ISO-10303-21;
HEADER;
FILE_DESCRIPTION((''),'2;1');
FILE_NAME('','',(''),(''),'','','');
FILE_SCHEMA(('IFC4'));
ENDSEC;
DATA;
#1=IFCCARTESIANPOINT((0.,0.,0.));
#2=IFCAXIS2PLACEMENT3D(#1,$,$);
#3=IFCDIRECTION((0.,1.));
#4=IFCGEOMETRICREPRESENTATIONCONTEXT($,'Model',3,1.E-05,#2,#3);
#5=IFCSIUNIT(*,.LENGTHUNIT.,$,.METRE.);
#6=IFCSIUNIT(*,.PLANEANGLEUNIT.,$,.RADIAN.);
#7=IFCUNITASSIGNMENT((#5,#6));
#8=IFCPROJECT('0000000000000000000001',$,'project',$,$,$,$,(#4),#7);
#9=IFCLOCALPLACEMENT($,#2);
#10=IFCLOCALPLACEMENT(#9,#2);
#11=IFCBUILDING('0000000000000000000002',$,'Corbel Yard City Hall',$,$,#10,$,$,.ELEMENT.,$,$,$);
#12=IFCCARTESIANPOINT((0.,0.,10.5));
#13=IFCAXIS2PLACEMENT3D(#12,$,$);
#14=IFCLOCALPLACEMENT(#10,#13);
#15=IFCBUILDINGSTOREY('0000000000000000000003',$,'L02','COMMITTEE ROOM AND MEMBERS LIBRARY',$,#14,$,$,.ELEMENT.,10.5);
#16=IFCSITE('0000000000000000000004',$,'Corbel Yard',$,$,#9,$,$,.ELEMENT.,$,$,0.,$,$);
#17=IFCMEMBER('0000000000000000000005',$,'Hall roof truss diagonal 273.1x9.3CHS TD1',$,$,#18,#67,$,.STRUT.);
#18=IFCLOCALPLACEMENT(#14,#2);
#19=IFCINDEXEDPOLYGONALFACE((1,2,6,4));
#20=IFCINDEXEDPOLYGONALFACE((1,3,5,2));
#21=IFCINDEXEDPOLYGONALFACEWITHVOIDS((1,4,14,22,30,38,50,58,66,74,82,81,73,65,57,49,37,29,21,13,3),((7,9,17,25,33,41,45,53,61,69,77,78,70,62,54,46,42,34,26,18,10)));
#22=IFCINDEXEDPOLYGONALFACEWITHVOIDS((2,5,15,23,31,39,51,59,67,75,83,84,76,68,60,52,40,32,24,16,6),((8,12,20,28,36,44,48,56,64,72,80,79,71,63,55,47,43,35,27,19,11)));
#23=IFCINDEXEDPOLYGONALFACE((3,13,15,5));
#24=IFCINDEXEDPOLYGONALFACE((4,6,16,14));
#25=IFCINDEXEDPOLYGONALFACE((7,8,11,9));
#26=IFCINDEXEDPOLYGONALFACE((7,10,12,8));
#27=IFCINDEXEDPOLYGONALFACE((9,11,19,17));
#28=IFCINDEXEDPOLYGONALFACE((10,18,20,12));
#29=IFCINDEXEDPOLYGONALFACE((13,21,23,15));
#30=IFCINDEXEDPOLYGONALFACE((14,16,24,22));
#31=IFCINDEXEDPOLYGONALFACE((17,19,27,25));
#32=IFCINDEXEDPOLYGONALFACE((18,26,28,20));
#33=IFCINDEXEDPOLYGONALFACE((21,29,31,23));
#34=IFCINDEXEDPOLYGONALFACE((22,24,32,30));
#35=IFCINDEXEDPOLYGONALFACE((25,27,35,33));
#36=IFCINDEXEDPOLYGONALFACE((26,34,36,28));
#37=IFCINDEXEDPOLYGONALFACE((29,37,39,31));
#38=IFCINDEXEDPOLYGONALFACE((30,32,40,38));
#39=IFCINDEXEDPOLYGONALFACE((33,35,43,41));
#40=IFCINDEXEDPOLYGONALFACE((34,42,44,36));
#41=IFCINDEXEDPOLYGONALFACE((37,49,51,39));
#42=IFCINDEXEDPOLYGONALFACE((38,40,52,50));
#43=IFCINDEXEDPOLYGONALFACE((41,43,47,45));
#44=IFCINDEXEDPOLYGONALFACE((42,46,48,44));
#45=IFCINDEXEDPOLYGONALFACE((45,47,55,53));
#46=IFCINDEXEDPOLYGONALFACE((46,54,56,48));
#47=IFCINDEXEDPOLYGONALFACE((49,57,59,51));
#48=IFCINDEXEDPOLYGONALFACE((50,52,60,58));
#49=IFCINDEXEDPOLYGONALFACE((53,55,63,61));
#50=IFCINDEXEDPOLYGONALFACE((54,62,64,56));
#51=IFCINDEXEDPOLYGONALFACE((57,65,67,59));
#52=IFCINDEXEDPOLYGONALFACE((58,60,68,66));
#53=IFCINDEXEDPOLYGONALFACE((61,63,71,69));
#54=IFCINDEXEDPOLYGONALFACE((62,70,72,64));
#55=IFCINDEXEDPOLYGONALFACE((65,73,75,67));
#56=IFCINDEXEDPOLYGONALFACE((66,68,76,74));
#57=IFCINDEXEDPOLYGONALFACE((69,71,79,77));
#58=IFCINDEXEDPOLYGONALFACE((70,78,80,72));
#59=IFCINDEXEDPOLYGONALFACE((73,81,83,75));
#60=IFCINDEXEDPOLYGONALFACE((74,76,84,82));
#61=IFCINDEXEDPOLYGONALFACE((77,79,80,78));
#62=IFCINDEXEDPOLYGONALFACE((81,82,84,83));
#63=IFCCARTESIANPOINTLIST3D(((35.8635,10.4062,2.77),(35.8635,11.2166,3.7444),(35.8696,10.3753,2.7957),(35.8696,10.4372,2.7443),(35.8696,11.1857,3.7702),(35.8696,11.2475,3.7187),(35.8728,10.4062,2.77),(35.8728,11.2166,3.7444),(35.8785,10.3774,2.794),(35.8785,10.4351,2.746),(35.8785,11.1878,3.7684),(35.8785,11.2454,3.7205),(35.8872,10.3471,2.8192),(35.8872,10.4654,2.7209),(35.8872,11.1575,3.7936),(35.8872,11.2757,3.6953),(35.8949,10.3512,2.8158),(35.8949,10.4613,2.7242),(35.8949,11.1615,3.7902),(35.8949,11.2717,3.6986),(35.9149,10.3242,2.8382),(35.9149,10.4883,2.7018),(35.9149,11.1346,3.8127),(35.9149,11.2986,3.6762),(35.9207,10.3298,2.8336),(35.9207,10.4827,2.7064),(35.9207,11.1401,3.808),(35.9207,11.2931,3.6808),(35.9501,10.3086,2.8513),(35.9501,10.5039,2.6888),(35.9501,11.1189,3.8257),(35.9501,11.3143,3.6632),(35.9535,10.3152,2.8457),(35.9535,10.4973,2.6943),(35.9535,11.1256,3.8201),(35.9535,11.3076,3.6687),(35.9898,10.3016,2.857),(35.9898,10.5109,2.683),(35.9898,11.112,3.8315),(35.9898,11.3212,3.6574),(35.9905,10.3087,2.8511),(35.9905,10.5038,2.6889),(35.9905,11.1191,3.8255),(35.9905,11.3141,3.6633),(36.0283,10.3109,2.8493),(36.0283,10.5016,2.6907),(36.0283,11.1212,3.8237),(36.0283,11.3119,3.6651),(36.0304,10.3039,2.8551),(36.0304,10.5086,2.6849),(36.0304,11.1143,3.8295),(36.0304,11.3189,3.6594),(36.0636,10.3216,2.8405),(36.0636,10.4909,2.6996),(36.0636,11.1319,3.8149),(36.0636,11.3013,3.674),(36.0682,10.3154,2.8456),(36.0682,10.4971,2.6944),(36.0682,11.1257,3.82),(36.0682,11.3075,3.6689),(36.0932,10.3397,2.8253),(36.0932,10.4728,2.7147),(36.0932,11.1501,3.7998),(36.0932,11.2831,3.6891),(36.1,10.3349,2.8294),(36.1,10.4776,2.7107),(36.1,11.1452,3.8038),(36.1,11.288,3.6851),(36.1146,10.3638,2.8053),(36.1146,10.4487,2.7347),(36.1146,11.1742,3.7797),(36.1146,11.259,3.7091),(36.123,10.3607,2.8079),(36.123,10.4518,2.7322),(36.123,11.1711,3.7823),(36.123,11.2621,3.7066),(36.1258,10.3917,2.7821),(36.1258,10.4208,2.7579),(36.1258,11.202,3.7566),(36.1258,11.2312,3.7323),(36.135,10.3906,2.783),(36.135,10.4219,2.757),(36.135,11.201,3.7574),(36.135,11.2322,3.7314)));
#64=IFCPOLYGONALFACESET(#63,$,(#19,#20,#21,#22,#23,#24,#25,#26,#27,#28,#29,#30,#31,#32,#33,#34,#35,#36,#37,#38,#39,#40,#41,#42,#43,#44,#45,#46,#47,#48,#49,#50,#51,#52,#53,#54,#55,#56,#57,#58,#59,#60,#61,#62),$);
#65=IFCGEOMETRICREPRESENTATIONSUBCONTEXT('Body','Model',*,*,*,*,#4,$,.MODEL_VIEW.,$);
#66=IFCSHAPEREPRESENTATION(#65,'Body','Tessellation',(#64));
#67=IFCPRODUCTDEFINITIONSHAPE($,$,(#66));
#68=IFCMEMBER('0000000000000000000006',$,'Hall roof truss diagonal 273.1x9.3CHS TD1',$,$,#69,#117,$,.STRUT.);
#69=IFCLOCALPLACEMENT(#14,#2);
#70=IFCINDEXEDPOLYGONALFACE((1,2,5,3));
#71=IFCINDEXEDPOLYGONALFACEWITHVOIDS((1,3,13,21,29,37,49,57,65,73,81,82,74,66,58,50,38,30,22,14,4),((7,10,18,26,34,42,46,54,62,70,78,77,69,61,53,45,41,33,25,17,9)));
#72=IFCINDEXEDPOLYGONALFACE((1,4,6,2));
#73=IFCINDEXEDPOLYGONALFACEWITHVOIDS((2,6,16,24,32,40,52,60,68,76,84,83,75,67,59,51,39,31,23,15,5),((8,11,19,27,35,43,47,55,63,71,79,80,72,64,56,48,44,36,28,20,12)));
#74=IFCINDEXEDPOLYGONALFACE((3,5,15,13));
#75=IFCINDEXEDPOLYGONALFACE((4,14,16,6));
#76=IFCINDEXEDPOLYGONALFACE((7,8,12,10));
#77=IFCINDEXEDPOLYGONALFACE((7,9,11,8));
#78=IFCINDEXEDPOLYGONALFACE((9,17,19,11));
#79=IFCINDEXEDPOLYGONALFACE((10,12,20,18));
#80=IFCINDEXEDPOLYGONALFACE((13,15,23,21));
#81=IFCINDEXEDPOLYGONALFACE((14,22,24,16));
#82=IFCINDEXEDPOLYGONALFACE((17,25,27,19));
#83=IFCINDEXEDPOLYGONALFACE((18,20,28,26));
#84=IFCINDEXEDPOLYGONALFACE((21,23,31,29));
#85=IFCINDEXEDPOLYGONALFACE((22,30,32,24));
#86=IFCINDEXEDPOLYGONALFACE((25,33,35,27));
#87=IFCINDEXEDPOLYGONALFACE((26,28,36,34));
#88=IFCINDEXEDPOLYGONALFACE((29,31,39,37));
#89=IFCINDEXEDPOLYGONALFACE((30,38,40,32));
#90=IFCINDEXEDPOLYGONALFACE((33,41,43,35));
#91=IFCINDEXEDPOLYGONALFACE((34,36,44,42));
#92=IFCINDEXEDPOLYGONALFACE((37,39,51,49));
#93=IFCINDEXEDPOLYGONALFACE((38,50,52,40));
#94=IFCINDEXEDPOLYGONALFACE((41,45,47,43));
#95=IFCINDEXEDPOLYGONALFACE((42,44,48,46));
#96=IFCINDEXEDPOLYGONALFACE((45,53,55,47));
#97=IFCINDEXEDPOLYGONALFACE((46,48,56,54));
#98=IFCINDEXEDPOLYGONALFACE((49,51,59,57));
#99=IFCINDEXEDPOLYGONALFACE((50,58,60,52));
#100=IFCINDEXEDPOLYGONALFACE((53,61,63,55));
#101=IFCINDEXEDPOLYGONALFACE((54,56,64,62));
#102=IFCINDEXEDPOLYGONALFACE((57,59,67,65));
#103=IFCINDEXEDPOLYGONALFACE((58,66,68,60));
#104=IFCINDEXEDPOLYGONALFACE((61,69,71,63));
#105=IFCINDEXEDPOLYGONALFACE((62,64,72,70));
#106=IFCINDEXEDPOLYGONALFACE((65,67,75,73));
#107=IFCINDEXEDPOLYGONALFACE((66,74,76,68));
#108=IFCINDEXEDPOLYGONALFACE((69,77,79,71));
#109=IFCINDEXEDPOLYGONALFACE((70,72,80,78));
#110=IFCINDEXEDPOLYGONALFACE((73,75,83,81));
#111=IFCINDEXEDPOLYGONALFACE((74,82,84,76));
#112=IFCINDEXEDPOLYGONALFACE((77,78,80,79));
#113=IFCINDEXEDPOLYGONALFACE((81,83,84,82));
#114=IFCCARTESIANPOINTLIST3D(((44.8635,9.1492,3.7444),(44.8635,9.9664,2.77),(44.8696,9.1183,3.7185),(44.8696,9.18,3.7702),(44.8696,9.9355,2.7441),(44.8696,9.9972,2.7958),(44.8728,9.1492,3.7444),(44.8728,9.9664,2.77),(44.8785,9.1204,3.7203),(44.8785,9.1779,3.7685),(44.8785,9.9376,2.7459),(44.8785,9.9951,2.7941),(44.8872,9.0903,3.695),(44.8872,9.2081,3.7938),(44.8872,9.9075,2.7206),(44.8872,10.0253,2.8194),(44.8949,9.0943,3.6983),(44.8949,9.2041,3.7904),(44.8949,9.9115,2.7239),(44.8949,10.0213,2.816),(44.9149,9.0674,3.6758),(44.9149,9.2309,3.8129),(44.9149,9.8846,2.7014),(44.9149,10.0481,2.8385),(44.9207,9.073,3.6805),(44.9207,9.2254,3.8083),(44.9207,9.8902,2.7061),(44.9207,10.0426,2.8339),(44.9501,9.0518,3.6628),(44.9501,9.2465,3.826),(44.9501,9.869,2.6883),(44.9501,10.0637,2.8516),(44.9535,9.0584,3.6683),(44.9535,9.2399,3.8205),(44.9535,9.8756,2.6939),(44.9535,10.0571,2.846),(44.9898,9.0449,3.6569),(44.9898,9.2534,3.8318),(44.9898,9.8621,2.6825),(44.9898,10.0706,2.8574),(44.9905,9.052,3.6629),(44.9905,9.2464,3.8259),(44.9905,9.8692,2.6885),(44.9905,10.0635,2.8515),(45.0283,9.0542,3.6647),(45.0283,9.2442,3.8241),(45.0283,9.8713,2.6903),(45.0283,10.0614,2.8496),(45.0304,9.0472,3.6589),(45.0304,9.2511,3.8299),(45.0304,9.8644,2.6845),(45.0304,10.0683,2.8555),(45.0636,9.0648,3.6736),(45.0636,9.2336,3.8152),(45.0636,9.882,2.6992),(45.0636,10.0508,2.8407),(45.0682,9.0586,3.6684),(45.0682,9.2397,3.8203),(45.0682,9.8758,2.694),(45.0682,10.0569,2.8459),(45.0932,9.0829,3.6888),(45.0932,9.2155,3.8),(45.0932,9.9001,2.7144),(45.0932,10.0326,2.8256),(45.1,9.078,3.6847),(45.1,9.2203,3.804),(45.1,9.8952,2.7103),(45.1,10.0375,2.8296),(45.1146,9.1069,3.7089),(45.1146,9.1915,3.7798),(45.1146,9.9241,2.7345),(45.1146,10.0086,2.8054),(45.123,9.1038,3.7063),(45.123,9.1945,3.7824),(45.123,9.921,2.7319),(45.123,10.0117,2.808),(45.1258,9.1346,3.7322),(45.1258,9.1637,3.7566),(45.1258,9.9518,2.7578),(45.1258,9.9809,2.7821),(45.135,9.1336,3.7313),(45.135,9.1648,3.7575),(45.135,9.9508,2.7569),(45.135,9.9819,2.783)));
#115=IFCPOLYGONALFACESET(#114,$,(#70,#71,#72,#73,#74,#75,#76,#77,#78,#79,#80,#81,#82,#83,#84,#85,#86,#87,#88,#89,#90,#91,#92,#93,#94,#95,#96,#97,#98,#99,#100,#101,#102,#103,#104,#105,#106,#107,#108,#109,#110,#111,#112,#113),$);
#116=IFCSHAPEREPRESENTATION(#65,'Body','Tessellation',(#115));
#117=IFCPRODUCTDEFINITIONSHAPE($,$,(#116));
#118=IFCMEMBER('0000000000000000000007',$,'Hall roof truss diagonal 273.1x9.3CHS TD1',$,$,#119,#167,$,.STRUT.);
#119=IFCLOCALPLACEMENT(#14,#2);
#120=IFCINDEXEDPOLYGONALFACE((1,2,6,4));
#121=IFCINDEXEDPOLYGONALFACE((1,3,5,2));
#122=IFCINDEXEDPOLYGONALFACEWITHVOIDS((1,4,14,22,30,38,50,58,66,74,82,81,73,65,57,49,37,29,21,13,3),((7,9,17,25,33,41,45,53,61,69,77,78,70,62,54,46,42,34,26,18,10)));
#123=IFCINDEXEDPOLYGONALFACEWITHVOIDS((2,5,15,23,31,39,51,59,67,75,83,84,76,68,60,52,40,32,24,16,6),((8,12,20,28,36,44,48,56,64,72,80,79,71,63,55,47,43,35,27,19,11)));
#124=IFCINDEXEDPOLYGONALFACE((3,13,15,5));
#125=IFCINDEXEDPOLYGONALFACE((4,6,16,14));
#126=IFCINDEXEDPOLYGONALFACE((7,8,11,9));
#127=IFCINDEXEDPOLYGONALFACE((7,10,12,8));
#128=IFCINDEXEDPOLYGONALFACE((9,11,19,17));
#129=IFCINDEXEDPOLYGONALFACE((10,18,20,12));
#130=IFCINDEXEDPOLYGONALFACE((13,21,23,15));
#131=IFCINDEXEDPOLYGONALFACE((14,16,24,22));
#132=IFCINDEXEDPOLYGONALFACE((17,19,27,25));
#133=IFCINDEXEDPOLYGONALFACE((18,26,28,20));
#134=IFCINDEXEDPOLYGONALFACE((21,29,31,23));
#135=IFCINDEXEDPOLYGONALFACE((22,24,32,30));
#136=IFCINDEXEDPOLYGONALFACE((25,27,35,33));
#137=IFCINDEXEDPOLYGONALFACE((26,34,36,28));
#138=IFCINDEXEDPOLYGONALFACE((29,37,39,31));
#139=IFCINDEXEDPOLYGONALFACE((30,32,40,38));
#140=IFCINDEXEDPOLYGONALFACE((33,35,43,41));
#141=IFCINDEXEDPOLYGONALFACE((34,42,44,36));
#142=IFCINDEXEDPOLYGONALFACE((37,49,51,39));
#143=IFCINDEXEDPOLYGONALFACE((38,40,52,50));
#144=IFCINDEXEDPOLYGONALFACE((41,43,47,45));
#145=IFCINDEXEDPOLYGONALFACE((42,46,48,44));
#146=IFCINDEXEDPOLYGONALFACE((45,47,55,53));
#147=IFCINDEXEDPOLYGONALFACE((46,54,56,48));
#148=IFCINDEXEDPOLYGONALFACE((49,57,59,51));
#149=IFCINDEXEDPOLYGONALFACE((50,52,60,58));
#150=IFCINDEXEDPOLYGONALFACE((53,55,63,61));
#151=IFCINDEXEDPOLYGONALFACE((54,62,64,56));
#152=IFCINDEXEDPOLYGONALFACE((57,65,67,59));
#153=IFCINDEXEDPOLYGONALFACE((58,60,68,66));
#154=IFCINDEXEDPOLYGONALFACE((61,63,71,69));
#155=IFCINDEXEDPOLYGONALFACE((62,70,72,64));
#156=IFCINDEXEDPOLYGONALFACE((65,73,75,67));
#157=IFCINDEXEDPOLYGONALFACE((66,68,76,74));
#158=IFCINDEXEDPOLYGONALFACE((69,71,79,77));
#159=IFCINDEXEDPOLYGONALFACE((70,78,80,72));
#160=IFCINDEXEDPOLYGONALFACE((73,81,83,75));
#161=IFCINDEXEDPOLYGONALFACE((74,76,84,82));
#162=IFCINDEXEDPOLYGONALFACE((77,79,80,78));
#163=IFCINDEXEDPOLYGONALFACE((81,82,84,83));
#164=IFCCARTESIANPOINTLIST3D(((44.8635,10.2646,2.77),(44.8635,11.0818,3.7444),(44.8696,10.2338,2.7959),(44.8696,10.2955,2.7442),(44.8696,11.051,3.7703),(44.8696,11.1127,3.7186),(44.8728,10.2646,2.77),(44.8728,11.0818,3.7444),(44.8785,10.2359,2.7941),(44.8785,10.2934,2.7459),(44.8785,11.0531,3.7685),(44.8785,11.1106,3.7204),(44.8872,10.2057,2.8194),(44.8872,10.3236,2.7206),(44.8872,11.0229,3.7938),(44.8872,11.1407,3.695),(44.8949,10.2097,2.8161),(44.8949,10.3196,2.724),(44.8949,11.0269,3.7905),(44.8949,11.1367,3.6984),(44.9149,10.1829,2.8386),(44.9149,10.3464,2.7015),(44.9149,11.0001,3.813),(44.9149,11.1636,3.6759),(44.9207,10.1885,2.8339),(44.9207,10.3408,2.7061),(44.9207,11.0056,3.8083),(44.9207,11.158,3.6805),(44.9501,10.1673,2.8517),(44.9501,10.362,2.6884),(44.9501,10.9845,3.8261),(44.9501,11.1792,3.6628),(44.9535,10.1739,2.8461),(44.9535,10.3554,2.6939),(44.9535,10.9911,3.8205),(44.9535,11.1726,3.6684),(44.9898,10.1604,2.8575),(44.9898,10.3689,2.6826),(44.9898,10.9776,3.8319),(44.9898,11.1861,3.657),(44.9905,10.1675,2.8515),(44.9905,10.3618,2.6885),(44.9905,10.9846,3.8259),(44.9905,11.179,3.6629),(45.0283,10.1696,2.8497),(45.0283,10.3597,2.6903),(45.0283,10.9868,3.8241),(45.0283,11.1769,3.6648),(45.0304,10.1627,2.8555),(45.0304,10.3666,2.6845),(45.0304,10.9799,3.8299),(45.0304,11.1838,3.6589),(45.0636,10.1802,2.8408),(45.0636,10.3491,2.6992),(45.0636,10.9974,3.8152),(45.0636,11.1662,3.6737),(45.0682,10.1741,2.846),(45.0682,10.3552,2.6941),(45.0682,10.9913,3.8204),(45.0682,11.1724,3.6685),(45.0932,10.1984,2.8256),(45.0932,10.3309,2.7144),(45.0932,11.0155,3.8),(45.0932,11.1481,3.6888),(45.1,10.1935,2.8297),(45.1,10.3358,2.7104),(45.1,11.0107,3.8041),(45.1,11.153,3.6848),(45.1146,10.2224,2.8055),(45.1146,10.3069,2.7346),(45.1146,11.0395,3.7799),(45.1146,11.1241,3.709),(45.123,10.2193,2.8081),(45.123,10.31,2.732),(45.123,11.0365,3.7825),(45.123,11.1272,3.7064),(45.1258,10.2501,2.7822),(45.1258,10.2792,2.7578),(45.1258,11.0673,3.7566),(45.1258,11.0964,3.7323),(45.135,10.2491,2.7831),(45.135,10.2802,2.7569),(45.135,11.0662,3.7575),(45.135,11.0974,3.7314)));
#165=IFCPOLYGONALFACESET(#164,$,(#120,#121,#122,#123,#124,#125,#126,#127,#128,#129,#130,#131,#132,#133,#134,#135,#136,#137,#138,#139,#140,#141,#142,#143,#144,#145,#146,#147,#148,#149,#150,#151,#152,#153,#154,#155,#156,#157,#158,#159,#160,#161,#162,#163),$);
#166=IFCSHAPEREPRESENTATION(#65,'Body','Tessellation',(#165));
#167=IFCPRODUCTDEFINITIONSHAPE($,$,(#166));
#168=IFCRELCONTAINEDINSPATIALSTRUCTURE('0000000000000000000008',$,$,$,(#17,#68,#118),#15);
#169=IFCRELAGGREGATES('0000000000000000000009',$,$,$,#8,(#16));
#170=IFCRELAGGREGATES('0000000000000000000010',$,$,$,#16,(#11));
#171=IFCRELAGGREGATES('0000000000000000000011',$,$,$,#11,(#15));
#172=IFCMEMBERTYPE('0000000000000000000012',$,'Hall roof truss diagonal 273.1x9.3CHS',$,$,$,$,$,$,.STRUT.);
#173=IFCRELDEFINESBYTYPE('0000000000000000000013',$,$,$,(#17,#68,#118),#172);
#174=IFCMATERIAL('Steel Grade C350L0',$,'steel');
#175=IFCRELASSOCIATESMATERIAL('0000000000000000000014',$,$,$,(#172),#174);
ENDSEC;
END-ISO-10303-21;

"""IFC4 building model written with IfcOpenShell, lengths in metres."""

from ifc_helpers import new_model, si_unit, direction, frame, origin, origin_2d, place, context, subcontext, project, spatial, hollow_circle, extrude, material, material_profile, profile_set, type_object, element, save


model = new_model("IFC4")

# Units and contexts
model_context = context("Model", 3, precision=1e-05, world=origin(), true_north=direction((0.0, 1.0)))
body_context = subcontext(model_context, "Body", "Model", "MODEL_VIEW")
ifc_project = project(units=[si_unit("LENGTHUNIT", "METRE"), si_unit("PLANEANGLEUNIT", "RADIAN")], contexts=[model_context])

# Site, building, storey
site_placement = place(None, origin())
site = spatial("IfcSite", under=ifc_project, at=site_placement, Name="Corbel Yard", CompositionType="ELEMENT", RefElevation=0.0)
building_placement = place(site_placement, origin())
building = spatial("IfcBuilding", under=site, at=building_placement, Name="Corbel Yard City Hall", CompositionType="ELEMENT")
storey_placement = place(building_placement, frame((0.0, 0.0, 10.5)))
storey = spatial("IfcBuildingStorey", under=building, at=storey_placement, Name="L02", Description="COMMITTEE ROOM AND MEMBERS LIBRARY", CompositionType="ELEMENT", Elevation=10.5)

# Members
ifc_material_1 = material(Name="Steel Grade C350L0", Category="steel")
ifc_material_profile_1 = material_profile(ifc_material_1, hollow_circle(Radius=0.1365, WallThickness=0.0093, at=origin_2d()), Name="273.1x9.3CHS")
ifc_profile_set_1 = profile_set([ifc_material_profile_1], Name="Steel Grade C350L0")
member_type_1 = type_object("IfcMemberType", Name="Hall roof truss diagonal 273.1x9.3CHS", PredefinedType="STRUT", material=ifc_profile_set_1)
member_1_placement = place(storey_placement, frame((36.0, 10.4062, 2.77), z_axis=(0.0, 0.639407, 0.768868), x_axis=(-1.0, 0.0, 0.0)))
element("IfcMember", 1, at=member_1_placement, inside=storey, type_object=member_type_1, Name="Hall roof truss diagonal 273.1x9.3CHS TD1", PredefinedType="STRUT", context=body_context, shape_type="SweptSolid", body=[
    extrude(hollow_circle(Radius=0.1365, WallThickness=0.0093, at=origin_2d()), origin(), (0.0, 0.0, 1.0), 1.2673),
])
for number, where, z_axis, x_axis, name in (
    (2, (45.0, 9.1492, 3.7444), (0.0, 0.64258, -0.766219), (-1.0, 0.0, 0.0), "Hall roof truss diagonal 273.1x9.3CHS TD1"),
    (3, (45.0, 10.2646, 2.77), (0.0, 0.64258, 0.766219), (-1.0, 0.0, 0.0), "Hall roof truss diagonal 273.1x9.3CHS TD1"),
):
    element("IfcMember", number, at=place(storey_placement, frame(where, z_axis=z_axis, x_axis=x_axis)), inside=storey, type_object=member_type_1, Name=name, PredefinedType="STRUT", context=body_context, shape_type="SweptSolid", body=[
        extrude(hollow_circle(Radius=0.1365, WallThickness=0.0093, at=origin_2d()), origin(), (0.0, 0.0, 1.0), 1.2717),
    ])

save(model, "model.ifc")
